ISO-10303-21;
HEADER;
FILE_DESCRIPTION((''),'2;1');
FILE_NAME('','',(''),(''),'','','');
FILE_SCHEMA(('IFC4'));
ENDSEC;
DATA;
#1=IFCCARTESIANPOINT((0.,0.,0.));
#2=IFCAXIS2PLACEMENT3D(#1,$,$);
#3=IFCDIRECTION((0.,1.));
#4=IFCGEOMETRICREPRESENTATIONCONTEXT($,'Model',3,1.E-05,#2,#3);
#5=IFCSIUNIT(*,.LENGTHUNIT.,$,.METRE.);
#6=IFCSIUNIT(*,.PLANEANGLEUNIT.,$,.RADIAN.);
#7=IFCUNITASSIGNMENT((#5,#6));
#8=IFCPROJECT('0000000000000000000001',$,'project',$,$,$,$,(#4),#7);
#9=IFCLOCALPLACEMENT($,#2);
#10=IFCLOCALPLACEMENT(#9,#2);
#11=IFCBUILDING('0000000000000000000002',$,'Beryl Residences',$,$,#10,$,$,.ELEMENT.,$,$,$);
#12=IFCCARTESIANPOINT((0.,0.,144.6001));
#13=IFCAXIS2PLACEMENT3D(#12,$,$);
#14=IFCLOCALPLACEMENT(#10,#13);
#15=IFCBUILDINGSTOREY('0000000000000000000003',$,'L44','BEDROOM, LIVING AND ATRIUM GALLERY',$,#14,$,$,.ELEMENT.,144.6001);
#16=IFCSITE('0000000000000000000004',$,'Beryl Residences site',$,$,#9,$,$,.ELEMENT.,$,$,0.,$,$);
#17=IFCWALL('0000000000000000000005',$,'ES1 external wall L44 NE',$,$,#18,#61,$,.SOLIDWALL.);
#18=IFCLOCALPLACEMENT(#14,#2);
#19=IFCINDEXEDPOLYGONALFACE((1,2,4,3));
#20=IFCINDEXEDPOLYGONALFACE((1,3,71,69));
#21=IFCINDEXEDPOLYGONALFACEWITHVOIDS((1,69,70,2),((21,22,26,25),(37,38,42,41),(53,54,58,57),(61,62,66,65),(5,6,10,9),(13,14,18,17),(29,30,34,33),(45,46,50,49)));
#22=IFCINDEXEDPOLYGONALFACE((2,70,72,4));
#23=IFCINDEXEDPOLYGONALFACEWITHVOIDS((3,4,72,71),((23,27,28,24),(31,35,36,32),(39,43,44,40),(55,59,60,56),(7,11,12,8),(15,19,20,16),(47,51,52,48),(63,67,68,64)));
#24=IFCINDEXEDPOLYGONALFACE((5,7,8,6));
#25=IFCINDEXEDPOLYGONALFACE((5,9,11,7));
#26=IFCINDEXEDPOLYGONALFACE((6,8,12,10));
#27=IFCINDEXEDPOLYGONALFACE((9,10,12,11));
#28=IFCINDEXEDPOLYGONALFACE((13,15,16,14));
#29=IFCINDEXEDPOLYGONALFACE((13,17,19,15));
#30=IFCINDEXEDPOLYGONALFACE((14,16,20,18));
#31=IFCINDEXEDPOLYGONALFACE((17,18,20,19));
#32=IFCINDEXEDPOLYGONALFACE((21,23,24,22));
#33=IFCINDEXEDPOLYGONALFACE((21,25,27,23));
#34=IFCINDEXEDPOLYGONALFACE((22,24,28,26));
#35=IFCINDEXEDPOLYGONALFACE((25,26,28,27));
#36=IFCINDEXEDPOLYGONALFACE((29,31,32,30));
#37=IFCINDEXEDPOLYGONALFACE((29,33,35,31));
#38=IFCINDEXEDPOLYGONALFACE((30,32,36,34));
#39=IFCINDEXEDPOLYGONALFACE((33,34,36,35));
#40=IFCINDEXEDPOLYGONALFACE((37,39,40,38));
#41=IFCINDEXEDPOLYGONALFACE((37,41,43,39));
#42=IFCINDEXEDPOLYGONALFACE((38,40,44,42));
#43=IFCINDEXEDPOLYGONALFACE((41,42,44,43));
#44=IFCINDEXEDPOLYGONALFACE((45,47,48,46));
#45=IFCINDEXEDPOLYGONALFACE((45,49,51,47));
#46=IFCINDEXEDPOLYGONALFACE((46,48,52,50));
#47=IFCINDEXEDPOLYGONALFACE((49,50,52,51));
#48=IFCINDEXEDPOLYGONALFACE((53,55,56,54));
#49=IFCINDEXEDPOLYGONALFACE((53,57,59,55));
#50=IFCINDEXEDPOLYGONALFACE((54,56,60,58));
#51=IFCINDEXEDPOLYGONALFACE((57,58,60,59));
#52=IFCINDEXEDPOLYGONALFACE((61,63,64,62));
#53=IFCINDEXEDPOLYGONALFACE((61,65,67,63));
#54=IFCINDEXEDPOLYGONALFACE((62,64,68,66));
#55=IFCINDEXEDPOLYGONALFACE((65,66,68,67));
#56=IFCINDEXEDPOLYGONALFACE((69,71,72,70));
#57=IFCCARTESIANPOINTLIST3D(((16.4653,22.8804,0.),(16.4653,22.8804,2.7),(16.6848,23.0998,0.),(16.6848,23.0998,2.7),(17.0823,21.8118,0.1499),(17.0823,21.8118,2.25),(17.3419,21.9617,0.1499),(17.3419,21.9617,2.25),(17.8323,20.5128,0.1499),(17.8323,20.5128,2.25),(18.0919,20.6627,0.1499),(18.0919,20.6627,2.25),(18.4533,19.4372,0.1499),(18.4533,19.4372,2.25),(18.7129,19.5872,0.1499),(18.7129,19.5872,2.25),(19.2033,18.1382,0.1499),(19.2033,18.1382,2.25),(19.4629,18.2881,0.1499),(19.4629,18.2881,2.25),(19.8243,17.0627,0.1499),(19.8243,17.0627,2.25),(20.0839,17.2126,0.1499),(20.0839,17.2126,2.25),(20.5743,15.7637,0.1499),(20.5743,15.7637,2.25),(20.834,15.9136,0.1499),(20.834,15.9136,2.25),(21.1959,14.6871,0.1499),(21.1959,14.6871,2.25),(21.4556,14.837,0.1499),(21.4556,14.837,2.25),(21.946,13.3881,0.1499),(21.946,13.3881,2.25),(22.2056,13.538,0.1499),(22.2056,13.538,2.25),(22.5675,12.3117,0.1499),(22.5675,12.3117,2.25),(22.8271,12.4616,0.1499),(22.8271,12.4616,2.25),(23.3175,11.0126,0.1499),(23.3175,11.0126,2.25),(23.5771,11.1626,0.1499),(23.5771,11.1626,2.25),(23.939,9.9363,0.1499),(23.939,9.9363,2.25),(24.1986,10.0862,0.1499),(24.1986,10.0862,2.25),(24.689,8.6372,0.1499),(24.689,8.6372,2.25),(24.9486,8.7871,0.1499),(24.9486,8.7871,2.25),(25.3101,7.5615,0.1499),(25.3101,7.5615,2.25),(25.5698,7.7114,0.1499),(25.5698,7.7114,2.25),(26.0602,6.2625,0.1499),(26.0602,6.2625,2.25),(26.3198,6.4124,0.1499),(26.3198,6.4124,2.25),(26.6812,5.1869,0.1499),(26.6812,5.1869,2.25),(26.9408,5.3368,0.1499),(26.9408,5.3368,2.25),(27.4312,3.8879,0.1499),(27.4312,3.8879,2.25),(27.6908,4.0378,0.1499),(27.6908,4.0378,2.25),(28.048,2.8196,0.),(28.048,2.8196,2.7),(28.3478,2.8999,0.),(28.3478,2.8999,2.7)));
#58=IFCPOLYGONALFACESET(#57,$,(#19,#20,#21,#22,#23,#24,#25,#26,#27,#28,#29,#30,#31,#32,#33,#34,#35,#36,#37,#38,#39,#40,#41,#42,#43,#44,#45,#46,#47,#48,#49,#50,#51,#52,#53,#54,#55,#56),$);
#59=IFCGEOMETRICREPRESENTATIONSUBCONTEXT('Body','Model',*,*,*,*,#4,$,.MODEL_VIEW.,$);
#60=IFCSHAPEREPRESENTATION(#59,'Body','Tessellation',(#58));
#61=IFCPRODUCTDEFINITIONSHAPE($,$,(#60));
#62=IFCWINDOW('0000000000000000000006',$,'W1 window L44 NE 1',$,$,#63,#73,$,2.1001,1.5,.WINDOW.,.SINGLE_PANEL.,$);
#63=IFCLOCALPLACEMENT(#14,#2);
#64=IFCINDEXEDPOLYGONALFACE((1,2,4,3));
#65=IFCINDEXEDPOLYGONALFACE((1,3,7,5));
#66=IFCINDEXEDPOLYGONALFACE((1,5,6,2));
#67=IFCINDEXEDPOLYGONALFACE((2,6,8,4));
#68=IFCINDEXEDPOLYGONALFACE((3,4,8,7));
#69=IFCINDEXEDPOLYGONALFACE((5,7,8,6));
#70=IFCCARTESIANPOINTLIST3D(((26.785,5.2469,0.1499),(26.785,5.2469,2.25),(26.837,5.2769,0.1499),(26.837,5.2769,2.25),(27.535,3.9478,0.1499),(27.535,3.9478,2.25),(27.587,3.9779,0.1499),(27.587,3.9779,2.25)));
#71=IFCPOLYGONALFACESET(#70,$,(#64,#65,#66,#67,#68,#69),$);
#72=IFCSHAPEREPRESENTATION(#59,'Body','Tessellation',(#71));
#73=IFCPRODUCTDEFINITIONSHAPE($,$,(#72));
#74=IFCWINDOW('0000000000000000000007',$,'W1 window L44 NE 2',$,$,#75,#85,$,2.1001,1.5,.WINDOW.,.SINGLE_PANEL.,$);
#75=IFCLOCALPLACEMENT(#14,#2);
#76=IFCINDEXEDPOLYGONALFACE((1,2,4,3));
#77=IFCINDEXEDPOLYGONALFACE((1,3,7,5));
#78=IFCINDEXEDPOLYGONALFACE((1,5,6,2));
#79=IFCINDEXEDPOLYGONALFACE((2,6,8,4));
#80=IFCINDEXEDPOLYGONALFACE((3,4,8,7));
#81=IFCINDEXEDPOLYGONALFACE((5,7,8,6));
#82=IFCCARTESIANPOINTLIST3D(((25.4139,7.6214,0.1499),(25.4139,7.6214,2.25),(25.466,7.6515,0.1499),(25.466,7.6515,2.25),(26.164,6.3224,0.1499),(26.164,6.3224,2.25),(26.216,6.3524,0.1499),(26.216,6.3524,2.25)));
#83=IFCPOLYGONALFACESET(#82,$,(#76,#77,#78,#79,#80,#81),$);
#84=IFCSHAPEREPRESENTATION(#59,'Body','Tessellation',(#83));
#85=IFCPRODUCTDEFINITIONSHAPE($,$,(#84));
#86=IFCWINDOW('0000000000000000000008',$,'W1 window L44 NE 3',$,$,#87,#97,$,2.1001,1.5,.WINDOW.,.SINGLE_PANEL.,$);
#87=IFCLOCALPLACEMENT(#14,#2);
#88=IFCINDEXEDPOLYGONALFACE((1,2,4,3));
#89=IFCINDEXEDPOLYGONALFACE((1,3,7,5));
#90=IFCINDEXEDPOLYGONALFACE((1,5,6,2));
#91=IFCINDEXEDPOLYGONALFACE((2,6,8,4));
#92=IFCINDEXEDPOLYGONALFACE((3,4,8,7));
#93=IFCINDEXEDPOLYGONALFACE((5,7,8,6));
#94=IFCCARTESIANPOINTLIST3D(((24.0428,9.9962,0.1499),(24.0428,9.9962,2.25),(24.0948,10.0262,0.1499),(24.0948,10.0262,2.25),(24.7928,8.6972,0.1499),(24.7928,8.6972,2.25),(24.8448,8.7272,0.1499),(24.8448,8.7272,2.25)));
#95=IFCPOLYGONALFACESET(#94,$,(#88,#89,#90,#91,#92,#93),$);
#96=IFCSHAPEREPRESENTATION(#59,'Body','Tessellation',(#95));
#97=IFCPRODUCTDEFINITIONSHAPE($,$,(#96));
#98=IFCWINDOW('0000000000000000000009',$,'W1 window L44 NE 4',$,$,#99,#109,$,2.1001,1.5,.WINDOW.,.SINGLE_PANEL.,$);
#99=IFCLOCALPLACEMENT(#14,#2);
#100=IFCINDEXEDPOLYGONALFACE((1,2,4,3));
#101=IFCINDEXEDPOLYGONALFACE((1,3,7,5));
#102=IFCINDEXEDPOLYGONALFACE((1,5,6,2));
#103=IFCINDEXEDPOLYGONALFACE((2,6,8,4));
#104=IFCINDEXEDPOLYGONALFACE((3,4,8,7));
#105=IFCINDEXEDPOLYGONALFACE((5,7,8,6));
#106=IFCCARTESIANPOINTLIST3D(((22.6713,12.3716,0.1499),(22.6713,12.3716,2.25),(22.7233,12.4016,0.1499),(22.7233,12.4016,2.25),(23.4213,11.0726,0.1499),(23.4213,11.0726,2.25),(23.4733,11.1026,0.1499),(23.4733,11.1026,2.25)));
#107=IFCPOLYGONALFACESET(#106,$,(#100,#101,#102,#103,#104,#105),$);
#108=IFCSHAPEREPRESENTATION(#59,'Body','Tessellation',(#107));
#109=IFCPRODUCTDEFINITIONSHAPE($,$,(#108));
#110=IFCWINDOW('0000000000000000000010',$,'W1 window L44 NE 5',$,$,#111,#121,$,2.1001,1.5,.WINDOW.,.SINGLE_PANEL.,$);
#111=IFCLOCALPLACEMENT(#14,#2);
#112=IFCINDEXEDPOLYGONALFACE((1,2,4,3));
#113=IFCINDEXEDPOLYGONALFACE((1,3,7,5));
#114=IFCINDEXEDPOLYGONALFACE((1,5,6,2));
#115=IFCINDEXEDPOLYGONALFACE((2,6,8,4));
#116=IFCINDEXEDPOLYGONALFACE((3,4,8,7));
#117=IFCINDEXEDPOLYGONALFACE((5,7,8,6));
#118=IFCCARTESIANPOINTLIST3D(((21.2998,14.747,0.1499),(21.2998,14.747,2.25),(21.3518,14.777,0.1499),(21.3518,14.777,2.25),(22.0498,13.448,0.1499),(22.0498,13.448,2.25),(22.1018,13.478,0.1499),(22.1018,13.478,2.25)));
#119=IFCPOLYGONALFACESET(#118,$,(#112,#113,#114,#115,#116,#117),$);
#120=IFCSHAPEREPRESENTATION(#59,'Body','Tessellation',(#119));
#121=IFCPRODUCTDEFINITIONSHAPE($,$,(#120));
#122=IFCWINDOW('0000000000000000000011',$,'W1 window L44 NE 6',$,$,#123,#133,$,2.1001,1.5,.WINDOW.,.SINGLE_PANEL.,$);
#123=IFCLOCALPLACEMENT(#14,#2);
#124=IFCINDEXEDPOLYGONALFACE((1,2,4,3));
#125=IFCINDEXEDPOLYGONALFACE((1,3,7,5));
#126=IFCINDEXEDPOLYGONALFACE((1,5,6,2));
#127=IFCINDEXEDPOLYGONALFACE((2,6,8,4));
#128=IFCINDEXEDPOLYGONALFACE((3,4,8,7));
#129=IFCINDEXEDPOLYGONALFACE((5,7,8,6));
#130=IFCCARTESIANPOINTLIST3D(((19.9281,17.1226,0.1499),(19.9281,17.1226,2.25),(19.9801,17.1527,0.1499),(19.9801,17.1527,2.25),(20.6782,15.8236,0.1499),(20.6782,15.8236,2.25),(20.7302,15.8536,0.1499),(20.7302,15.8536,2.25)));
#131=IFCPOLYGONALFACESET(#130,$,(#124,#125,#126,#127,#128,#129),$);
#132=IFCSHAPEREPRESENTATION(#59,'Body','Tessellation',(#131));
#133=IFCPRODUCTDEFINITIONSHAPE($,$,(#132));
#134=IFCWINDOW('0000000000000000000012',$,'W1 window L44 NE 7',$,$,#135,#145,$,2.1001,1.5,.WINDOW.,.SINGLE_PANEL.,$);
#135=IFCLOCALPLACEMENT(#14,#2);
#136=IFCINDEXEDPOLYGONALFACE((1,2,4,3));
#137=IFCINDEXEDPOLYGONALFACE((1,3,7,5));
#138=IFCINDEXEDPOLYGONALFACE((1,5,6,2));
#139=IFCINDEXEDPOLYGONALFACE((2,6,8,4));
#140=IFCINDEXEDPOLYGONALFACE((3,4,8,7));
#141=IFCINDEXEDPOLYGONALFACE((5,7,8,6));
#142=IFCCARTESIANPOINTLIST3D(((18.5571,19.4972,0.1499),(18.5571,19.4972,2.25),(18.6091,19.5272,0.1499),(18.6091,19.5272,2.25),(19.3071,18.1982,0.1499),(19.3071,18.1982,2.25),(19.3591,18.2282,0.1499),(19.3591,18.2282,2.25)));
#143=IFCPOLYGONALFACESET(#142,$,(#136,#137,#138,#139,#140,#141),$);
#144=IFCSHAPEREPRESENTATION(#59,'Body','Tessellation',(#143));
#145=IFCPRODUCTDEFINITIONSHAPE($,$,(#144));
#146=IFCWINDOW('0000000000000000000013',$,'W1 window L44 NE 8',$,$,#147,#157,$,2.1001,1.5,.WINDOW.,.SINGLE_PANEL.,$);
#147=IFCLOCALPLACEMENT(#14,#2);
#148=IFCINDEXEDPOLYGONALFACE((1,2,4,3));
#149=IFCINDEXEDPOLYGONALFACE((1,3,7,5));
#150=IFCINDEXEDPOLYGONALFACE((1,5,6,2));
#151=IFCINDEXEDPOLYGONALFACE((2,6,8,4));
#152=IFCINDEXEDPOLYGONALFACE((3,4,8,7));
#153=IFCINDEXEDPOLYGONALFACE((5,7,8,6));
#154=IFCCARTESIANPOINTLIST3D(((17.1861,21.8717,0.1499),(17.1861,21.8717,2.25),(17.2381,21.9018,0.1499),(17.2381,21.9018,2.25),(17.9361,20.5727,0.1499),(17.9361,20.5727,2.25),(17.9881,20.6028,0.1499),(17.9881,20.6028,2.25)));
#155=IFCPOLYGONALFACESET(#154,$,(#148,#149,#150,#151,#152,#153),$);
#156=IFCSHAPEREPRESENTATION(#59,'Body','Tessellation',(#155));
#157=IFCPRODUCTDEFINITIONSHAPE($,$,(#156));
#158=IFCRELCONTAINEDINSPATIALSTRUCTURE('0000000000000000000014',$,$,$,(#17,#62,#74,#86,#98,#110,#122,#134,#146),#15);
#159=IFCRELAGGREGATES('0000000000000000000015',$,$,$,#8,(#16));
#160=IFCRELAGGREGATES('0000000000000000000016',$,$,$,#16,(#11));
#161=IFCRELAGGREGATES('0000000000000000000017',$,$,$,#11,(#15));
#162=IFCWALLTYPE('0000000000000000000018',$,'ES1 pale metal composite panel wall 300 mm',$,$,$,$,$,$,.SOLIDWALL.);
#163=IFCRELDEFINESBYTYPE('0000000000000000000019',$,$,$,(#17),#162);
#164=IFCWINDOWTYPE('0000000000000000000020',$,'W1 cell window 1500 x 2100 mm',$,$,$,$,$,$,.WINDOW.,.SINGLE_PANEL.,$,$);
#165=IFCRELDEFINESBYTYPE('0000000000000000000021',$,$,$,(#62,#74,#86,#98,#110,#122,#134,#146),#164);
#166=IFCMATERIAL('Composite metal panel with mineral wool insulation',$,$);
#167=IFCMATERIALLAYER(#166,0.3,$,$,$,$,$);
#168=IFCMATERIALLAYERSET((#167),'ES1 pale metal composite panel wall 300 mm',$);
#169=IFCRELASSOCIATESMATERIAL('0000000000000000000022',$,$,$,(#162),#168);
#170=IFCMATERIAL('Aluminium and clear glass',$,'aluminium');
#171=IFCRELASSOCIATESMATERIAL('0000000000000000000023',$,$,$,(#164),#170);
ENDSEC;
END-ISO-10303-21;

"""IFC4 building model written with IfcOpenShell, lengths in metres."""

from ifc_helpers import new_model, si_unit, direction, frame, frame_2d, origin, place, context, subcontext, project, spatial, polyline, rectangle, outline, extrude, material, layer, layer_set, type_object, element, fill, save


model = new_model("IFC4")

# Units and contexts
model_context = context("Model", 3, precision=1e-05, world=origin(), true_north=direction((0.0, 1.0)))
body_context = subcontext(model_context, "Body", "Model", "MODEL_VIEW")
ifc_project = project(units=[si_unit("LENGTHUNIT", "METRE"), si_unit("PLANEANGLEUNIT", "RADIAN")], contexts=[model_context])

# Site, building, storey
site_placement = place(None, origin())
site = spatial("IfcSite", under=ifc_project, at=site_placement, Name="Beryl Residences site", CompositionType="ELEMENT", RefElevation=0.0)
building_placement = place(site_placement, origin())
building = spatial("IfcBuilding", under=site, at=building_placement, Name="Beryl Residences", CompositionType="ELEMENT")
storey_placement = place(building_placement, frame((0.0, 0.0, 144.6001)))
storey = spatial("IfcBuildingStorey", under=building, at=storey_placement, Name="L44", Description="BEDROOM, LIVING AND ATRIUM GALLERY", CompositionType="ELEMENT", Elevation=144.6001)

# Wall, openings, windows
ifc_material_1 = material(Name="Composite metal panel with mineral wool insulation")
ifc_layer = layer(ifc_material_1, 0.3)
ifc_layer_set = layer_set([ifc_layer], Name="ES1 pale metal composite panel wall 300 mm")
wall_type = type_object("IfcWallType", Name="ES1 pale metal composite panel wall 300 mm", PredefinedType="SOLIDWALL", material=ifc_layer_set)
wall_placement = place(storey_placement, frame((28.218, 2.825, 0.0), z_axis=(0.0, 0.0, 1.0), x_axis=(-0.500021, 0.866014, 0.0)))
wall = element("IfcWall", 1, at=wall_placement, inside=storey, type_object=wall_type, Name="ES1 external wall L44 NE", PredefinedType="SOLIDWALL", context=body_context, shape_type="SweptSolid", body=[
    extrude(outline(polyline([(0.0, -0.1499), (23.3252, -0.1499), (23.2449, 0.1499), (0.0803, 0.1499), (0.0, -0.1499)])), origin(), (0.0, 0.0, 1.0), 2.7),
])
opening_1_placement = place(wall_placement, frame((1.314, 0.0, 0.1499)))
opening_1 = element("IfcOpeningElement", 2, at=opening_1_placement, cuts=wall, PredefinedType="OPENING", context=body_context, shape_type="SweptSolid", body=[
    extrude(rectangle(XDim=1.5, YDim=2.1001, at=frame_2d((0.75, 1.05))), frame((0.0, 0.1599, 0.0), z_axis=(0.0, -1.0, 0.0), x_axis=(1.0, 0.0, 0.0)), (0.0, 0.0, 1.0), 0.3201),
])
opening_2_placement = place(wall_placement, frame((4.0559, 0.0, 0.1499)))
opening_2 = element("IfcOpeningElement", 3, at=opening_2_placement, cuts=wall, PredefinedType="OPENING", context=body_context, shape_type="SweptSolid", body=[
    extrude(rectangle(XDim=1.5, YDim=2.1001, at=frame_2d((0.75, 1.05))), frame((0.0, 0.1599, 0.0), z_axis=(0.0, -1.0, 0.0), x_axis=(1.0, 0.0, 0.0)), (0.0, 0.0, 1.0), 0.3201),
])
opening_3_placement = place(wall_placement, frame((6.7981, 0.0, 0.1499)))
opening_3 = element("IfcOpeningElement", 4, at=opening_3_placement, cuts=wall, PredefinedType="OPENING", context=body_context, shape_type="SweptSolid", body=[
    extrude(rectangle(XDim=1.5, YDim=2.1001, at=frame_2d((0.75, 1.05))), frame((0.0, 0.1599, 0.0), z_axis=(0.0, -1.0, 0.0), x_axis=(1.0, 0.0, 0.0)), (0.0, 0.0, 1.0), 0.3201),
])
opening_4_placement = place(wall_placement, frame((9.541, 0.0, 0.1499)))
opening_4 = element("IfcOpeningElement", 5, at=opening_4_placement, cuts=wall, PredefinedType="OPENING", context=body_context, shape_type="SweptSolid", body=[
    extrude(rectangle(XDim=1.5, YDim=2.1001, at=frame_2d((0.75, 1.05))), frame((0.0, 0.1599, 0.0), z_axis=(0.0, -1.0, 0.0), x_axis=(1.0, 0.0, 0.0)), (0.0, 0.0, 1.0), 0.3201),
])
opening_5_placement = place(wall_placement, frame((12.2839, 0.0, 0.1499)))
opening_5 = element("IfcOpeningElement", 6, at=opening_5_placement, cuts=wall, PredefinedType="OPENING", context=body_context, shape_type="SweptSolid", body=[
    extrude(rectangle(XDim=1.5, YDim=2.1001, at=frame_2d((0.75, 1.05))), frame((0.0, 0.1599, 0.0), z_axis=(0.0, -1.0, 0.0), x_axis=(1.0, 0.0, 0.0)), (0.0, 0.0, 1.0), 0.3201),
])
opening_6_placement = place(wall_placement, frame((15.0271, 0.0, 0.1499)))
opening_6 = element("IfcOpeningElement", 7, at=opening_6_placement, cuts=wall, PredefinedType="OPENING", context=body_context, shape_type="SweptSolid", body=[
    extrude(rectangle(XDim=1.5, YDim=2.1001, at=frame_2d((0.75, 1.05))), frame((0.0, 0.1599, 0.0), z_axis=(0.0, -1.0, 0.0), x_axis=(1.0, 0.0, 0.0)), (0.0, 0.0, 1.0), 0.3201),
])
opening_7_placement = place(wall_placement, frame((17.769, 0.0, 0.1499)))
opening_7 = element("IfcOpeningElement", 8, at=opening_7_placement, cuts=wall, PredefinedType="OPENING", context=body_context, shape_type="SweptSolid", body=[
    extrude(rectangle(XDim=1.5, YDim=2.1001, at=frame_2d((0.75, 1.05))), frame((0.0, 0.1599, 0.0), z_axis=(0.0, -1.0, 0.0), x_axis=(1.0, 0.0, 0.0)), (0.0, 0.0, 1.0), 0.3201),
])
opening_8_placement = place(wall_placement, frame((20.511, 0.0, 0.1499)))
opening_8 = element("IfcOpeningElement", 9, at=opening_8_placement, cuts=wall, PredefinedType="OPENING", context=body_context, shape_type="SweptSolid", body=[
    extrude(rectangle(XDim=1.5, YDim=2.1001, at=frame_2d((0.75, 1.05))), frame((0.0, 0.1599, 0.0), z_axis=(0.0, -1.0, 0.0), x_axis=(1.0, 0.0, 0.0)), (0.0, 0.0, 1.0), 0.3201),
])
ifc_material_2 = material(Name="Aluminium and clear glass", Category="aluminium")
window_type = type_object("IfcWindowType", Name="W1 cell window 1500 x 2100 mm", PartitioningType="SINGLE_PANEL", PredefinedType="WINDOW", material=ifc_material_2)
window_1_placement = place(opening_1_placement, origin())
window_1 = element("IfcWindow", 10, at=window_1_placement, inside=storey, type_object=window_type, Name="W1 window L44 NE 1", OverallHeight=2.1001, OverallWidth=1.5, PartitioningType="SINGLE_PANEL", PredefinedType="WINDOW", context=body_context, shape_type="SweptSolid", body=[
    extrude(rectangle(XDim=1.5, YDim=2.1001, at=frame_2d((0.75, 1.05))), frame((0.0, 0.03, 0.0), z_axis=(0.0, -1.0, 0.0), x_axis=(1.0, 0.0, 0.0)), (0.0, 0.0, 1.0), 0.0601),
])
fill(opening_1, window_1)
window_2_placement = place(opening_2_placement, origin())
window_2 = element("IfcWindow", 11, at=window_2_placement, inside=storey, type_object=window_type, Name="W1 window L44 NE 2", OverallHeight=2.1001, OverallWidth=1.5, PartitioningType="SINGLE_PANEL", PredefinedType="WINDOW", context=body_context, shape_type="SweptSolid", body=[
    extrude(rectangle(XDim=1.5, YDim=2.1001, at=frame_2d((0.75, 1.05))), frame((0.0, 0.03, 0.0), z_axis=(0.0, -1.0, 0.0), x_axis=(1.0, 0.0, 0.0)), (0.0, 0.0, 1.0), 0.0601),
])
fill(opening_2, window_2)
window_3_placement = place(opening_3_placement, origin())
window_3 = element("IfcWindow", 12, at=window_3_placement, inside=storey, type_object=window_type, Name="W1 window L44 NE 3", OverallHeight=2.1001, OverallWidth=1.5, PartitioningType="SINGLE_PANEL", PredefinedType="WINDOW", context=body_context, shape_type="SweptSolid", body=[
    extrude(rectangle(XDim=1.5, YDim=2.1001, at=frame_2d((0.75, 1.05))), frame((0.0, 0.03, 0.0), z_axis=(0.0, -1.0, 0.0), x_axis=(1.0, 0.0, 0.0)), (0.0, 0.0, 1.0), 0.0601),
])
fill(opening_3, window_3)
window_4_placement = place(opening_4_placement, origin())
window_4 = element("IfcWindow", 13, at=window_4_placement, inside=storey, type_object=window_type, Name="W1 window L44 NE 4", OverallHeight=2.1001, OverallWidth=1.5, PartitioningType="SINGLE_PANEL", PredefinedType="WINDOW", context=body_context, shape_type="SweptSolid", body=[
    extrude(rectangle(XDim=1.5, YDim=2.1001, at=frame_2d((0.75, 1.05))), frame((0.0, 0.03, 0.0), z_axis=(0.0, -1.0, 0.0), x_axis=(1.0, 0.0, 0.0)), (0.0, 0.0, 1.0), 0.0601),
])
fill(opening_4, window_4)
window_5_placement = place(opening_5_placement, origin())
window_5 = element("IfcWindow", 14, at=window_5_placement, inside=storey, type_object=window_type, Name="W1 window L44 NE 5", OverallHeight=2.1001, OverallWidth=1.5, PartitioningType="SINGLE_PANEL", PredefinedType="WINDOW", context=body_context, shape_type="SweptSolid", body=[
    extrude(rectangle(XDim=1.5, YDim=2.1001, at=frame_2d((0.75, 1.05))), frame((0.0, 0.03, 0.0), z_axis=(0.0, -1.0, 0.0), x_axis=(1.0, 0.0, 0.0)), (0.0, 0.0, 1.0), 0.0601),
])
fill(opening_5, window_5)
window_6_placement = place(opening_6_placement, origin())
window_6 = element("IfcWindow", 15, at=window_6_placement, inside=storey, type_object=window_type, Name="W1 window L44 NE 6", OverallHeight=2.1001, OverallWidth=1.5, PartitioningType="SINGLE_PANEL", PredefinedType="WINDOW", context=body_context, shape_type="SweptSolid", body=[
    extrude(rectangle(XDim=1.5, YDim=2.1001, at=frame_2d((0.75, 1.05))), frame((0.0, 0.03, 0.0), z_axis=(0.0, -1.0, 0.0), x_axis=(1.0, 0.0, 0.0)), (0.0, 0.0, 1.0), 0.0601),
])
fill(opening_6, window_6)
window_7_placement = place(opening_7_placement, origin())
window_7 = element("IfcWindow", 16, at=window_7_placement, inside=storey, type_object=window_type, Name="W1 window L44 NE 7", OverallHeight=2.1001, OverallWidth=1.5, PartitioningType="SINGLE_PANEL", PredefinedType="WINDOW", context=body_context, shape_type="SweptSolid", body=[
    extrude(rectangle(XDim=1.5, YDim=2.1001, at=frame_2d((0.75, 1.05))), frame((0.0, 0.03, 0.0), z_axis=(0.0, -1.0, 0.0), x_axis=(1.0, 0.0, 0.0)), (0.0, 0.0, 1.0), 0.0601),
])
fill(opening_7, window_7)
window_8_placement = place(opening_8_placement, origin())
window_8 = element("IfcWindow", 17, at=window_8_placement, inside=storey, type_object=window_type, Name="W1 window L44 NE 8", OverallHeight=2.1001, OverallWidth=1.5, PartitioningType="SINGLE_PANEL", PredefinedType="WINDOW", context=body_context, shape_type="SweptSolid", body=[
    extrude(rectangle(XDim=1.5, YDim=2.1001, at=frame_2d((0.75, 1.05))), frame((0.0, 0.03, 0.0), z_axis=(0.0, -1.0, 0.0), x_axis=(1.0, 0.0, 0.0)), (0.0, 0.0, 1.0), 0.0601),
])
fill(opening_8, window_8)

save(model, "model.ifc")
